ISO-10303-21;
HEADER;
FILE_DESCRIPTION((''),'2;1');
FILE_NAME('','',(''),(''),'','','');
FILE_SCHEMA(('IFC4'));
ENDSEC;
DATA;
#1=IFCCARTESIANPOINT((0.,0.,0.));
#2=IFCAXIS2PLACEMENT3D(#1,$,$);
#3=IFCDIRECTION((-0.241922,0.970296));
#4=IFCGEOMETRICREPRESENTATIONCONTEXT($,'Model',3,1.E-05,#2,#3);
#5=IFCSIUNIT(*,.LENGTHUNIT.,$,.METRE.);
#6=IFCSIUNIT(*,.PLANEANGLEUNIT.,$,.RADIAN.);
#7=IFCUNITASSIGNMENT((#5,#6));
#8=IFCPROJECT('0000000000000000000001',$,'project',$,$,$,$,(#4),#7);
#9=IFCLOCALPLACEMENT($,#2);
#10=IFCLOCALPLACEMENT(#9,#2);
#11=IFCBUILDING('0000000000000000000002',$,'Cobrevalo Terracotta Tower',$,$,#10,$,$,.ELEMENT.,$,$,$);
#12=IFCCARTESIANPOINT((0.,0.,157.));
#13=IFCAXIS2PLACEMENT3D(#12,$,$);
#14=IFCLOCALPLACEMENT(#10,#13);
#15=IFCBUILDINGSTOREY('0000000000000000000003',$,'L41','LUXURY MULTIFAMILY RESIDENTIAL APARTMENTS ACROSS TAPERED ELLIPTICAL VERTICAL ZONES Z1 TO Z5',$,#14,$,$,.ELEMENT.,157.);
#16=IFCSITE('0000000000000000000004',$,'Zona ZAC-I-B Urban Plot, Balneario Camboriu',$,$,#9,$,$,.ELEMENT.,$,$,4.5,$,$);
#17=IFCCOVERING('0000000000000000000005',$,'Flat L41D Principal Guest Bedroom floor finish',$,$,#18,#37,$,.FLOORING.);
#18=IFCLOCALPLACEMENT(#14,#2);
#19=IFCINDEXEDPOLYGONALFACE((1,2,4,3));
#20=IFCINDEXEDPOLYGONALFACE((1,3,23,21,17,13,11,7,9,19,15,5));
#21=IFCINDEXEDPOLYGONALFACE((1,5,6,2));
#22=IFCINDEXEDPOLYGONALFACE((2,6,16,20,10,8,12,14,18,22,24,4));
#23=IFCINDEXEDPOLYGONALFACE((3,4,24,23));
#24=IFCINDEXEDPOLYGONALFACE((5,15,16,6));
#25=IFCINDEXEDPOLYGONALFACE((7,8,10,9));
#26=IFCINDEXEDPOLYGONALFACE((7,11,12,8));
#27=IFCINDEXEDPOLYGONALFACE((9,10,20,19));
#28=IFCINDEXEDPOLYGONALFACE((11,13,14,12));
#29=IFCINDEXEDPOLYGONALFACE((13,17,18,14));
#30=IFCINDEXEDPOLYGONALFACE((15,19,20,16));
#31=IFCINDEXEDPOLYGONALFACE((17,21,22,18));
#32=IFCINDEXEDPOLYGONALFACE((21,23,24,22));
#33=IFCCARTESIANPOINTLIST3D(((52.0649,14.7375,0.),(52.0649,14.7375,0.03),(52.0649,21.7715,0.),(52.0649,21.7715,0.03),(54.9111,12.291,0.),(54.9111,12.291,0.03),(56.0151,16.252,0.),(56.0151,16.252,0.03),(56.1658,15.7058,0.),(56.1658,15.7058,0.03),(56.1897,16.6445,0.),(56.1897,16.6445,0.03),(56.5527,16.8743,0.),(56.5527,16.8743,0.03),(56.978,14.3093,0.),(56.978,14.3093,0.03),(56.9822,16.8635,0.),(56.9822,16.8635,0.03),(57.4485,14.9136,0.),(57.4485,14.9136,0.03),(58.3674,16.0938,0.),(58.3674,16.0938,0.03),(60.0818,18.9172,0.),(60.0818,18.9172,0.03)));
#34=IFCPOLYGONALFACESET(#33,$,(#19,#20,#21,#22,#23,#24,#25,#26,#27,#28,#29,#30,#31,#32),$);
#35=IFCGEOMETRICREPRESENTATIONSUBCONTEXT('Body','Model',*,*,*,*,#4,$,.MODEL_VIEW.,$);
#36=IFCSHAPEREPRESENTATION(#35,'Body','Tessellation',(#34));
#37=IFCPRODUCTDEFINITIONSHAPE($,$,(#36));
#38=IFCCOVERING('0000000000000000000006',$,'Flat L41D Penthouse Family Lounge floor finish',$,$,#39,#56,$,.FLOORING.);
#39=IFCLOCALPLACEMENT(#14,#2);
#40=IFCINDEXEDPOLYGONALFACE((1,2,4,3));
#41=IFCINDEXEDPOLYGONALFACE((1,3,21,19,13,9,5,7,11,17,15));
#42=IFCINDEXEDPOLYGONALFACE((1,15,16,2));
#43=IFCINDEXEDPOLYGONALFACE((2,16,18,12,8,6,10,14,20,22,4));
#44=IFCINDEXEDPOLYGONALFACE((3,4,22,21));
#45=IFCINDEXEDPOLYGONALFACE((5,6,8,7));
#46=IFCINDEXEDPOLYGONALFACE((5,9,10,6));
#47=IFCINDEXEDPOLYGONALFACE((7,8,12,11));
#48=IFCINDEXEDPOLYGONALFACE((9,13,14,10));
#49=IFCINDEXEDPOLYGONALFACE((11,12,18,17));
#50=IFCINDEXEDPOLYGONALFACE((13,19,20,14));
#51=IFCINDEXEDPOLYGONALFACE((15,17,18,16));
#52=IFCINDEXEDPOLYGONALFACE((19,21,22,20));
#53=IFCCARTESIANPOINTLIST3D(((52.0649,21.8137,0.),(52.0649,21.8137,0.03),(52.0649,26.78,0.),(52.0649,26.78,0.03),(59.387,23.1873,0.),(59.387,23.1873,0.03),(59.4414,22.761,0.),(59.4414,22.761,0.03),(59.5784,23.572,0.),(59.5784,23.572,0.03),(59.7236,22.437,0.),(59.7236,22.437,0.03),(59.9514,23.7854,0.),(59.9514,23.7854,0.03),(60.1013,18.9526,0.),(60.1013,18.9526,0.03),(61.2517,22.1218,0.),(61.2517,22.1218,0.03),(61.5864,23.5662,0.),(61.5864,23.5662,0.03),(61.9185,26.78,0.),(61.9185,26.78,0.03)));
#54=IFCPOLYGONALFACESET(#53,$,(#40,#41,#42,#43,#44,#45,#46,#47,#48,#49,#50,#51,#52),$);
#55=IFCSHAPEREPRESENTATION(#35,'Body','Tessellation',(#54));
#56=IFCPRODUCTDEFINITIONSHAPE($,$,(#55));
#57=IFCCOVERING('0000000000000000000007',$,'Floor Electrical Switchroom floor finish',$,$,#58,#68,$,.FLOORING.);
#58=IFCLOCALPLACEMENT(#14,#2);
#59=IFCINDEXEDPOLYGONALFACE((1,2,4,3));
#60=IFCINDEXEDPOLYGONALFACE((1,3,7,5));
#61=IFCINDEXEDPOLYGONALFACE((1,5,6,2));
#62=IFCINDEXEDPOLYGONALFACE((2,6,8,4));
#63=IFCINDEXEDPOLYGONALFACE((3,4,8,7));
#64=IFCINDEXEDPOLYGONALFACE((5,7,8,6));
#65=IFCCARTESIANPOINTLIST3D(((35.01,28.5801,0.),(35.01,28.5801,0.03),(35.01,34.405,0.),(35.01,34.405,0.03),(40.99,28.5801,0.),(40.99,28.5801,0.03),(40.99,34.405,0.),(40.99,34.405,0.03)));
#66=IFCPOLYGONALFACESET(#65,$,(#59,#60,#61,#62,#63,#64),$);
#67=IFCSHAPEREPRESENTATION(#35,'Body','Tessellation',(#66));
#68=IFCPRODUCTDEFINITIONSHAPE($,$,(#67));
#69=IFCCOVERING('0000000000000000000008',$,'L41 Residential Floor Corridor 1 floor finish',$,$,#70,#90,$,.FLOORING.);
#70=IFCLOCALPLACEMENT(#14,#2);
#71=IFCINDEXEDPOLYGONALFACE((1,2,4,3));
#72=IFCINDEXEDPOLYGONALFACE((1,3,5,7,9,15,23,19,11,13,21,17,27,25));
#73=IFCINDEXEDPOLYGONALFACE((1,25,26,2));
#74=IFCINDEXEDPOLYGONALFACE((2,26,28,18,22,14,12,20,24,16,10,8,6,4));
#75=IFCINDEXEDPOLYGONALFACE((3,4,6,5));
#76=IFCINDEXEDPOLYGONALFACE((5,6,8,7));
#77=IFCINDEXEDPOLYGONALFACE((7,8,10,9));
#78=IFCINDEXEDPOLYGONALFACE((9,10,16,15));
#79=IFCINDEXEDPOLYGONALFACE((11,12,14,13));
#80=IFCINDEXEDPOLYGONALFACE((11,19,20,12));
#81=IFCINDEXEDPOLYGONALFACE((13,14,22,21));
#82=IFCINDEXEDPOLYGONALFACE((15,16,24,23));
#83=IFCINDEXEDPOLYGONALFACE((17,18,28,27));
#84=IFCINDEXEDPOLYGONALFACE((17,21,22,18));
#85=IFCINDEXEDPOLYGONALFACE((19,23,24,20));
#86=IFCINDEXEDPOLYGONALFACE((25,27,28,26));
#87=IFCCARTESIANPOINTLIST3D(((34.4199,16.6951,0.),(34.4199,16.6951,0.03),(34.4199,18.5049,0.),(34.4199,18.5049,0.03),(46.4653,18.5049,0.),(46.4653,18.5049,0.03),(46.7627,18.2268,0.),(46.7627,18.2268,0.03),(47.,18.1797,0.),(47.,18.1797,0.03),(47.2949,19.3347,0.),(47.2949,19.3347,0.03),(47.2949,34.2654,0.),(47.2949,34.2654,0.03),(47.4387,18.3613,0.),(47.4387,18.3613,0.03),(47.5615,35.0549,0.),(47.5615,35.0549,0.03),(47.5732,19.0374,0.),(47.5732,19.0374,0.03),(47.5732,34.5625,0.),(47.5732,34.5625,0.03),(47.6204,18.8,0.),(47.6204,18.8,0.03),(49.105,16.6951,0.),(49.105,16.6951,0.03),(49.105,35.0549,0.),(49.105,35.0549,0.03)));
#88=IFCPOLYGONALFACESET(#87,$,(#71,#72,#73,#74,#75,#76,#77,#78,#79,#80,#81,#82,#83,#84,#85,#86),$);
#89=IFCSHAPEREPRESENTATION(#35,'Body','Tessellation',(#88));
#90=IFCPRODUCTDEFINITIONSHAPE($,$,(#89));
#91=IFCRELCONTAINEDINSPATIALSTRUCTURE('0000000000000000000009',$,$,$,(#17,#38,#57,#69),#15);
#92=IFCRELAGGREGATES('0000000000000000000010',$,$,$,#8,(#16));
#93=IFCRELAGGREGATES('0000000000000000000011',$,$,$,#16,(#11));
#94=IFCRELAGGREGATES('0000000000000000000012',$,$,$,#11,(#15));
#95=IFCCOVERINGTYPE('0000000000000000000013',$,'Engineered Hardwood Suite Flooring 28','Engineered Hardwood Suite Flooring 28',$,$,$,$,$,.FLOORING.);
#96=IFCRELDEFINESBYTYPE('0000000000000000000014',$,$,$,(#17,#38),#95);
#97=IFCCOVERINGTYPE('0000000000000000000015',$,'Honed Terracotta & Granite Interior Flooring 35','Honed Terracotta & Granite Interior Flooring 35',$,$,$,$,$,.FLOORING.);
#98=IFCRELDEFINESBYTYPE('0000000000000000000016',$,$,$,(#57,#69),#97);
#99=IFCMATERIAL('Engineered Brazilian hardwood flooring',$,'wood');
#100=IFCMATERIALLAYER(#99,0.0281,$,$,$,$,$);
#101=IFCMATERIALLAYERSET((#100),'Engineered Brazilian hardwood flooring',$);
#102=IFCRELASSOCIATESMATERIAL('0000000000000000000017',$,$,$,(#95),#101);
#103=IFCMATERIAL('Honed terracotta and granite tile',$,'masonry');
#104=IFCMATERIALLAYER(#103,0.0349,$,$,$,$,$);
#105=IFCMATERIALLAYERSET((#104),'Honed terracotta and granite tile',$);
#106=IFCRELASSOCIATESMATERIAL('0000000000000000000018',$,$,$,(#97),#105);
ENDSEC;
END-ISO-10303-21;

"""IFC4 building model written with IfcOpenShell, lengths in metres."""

from ifc_helpers import new_model, si_unit, direction, frame, origin, place, context, subcontext, project, spatial, polyline, outline, extrude, material, layer, layer_set, type_object, element, save


model = new_model("IFC4")

# Units and contexts
model_context = context("Model", 3, precision=1e-05, world=origin(), true_north=direction((-0.241922, 0.970296)))
body_context = subcontext(model_context, "Body", "Model", "MODEL_VIEW")
ifc_project = project(units=[si_unit("LENGTHUNIT", "METRE"), si_unit("PLANEANGLEUNIT", "RADIAN")], contexts=[model_context])

# Site, building, storey
site_placement = place(None, origin())
site = spatial("IfcSite", under=ifc_project, at=site_placement, Name="Zona ZAC-I-B Urban Plot, Balneario Camboriu", CompositionType="ELEMENT", RefElevation=4.5)
building_placement = place(site_placement, origin())
building = spatial("IfcBuilding", under=site, at=building_placement, Name="Cobrevalo Terracotta Tower", CompositionType="ELEMENT")
storey_placement = place(building_placement, frame((0.0, 0.0, 157.0)))
storey = spatial("IfcBuildingStorey", under=building, at=storey_placement, Name="L41", Description="LUXURY MULTIFAMILY RESIDENTIAL APARTMENTS ACROSS TAPERED ELLIPTICAL VERTICAL ZONES Z1 TO Z5", CompositionType="ELEMENT", Elevation=157.0)

# Coverings
ifc_material_1 = material(Name="Engineered Brazilian hardwood flooring", Category="wood")
ifc_layer_1 = layer(ifc_material_1, 0.0281)
ifc_layer_set_1 = layer_set([ifc_layer_1], Name="Engineered Brazilian hardwood flooring")
covering_type_1 = type_object("IfcCoveringType", Name="Engineered Hardwood Suite Flooring 28", Description="Engineered Hardwood Suite Flooring 28", PredefinedType="FLOORING", material=ifc_layer_set_1)
covering_1_placement = place(storey_placement, origin())
element("IfcCovering", 1, at=covering_1_placement, inside=storey, type_object=covering_type_1, Name="Flat L41D Principal Guest Bedroom floor finish", PredefinedType="FLOORING", context=body_context, shape_type="SweptSolid", body=[
    extrude(outline(polyline([(58.3674, 16.0938), (56.9822, 16.8635), (56.5527, 16.8743), (56.1897, 16.6445), (56.0151, 16.252), (56.1658, 15.7058), (57.4485, 14.9136), (56.978, 14.3093), (54.9111, 12.291), (52.0649, 14.7375), (52.0649, 21.7715), (60.0818, 18.9172), (58.3674, 16.0938)])), origin(), (0.0, 0.0, 1.0), 0.03),
])
covering_2_placement = place(storey_placement, origin())
element("IfcCovering", 2, at=covering_2_placement, inside=storey, type_object=covering_type_1, Name="Flat L41D Penthouse Family Lounge floor finish", PredefinedType="FLOORING", context=body_context, shape_type="SweptSolid", body=[
    extrude(outline(polyline([(52.0649, 21.8137), (52.0649, 26.78), (61.9185, 26.78), (61.5864, 23.5662), (59.9514, 23.7854), (59.5784, 23.572), (59.387, 23.1873), (59.4414, 22.761), (59.7236, 22.437), (61.2517, 22.1218), (60.1013, 18.9526), (52.0649, 21.8137)])), origin(), (0.0, 0.0, 1.0), 0.03),
])
ifc_material_2 = material(Name="Honed terracotta and granite tile", Category="masonry")
ifc_layer_2 = layer(ifc_material_2, 0.0349)
ifc_layer_set_2 = layer_set([ifc_layer_2], Name="Honed terracotta and granite tile")
covering_type_2 = type_object("IfcCoveringType", Name="Honed Terracotta & Granite Interior Flooring 35", Description="Honed Terracotta & Granite Interior Flooring 35", PredefinedType="FLOORING", material=ifc_layer_set_2)
covering_3_placement = place(storey_placement, origin())
element("IfcCovering", 3, at=covering_3_placement, inside=storey, type_object=covering_type_2, Name="Floor Electrical Switchroom floor finish", PredefinedType="FLOORING", context=body_context, shape_type="SweptSolid", body=[
    extrude(outline(polyline([(35.01, 34.405), (40.99, 34.405), (40.99, 28.5801), (35.01, 28.5801), (35.01, 34.405)])), origin(), (0.0, 0.0, 1.0), 0.03),
])
covering_4_placement = place(storey_placement, origin())
element("IfcCovering", 4, at=covering_4_placement, inside=storey, type_object=covering_type_2, Name="L41 Residential Floor Corridor 1 floor finish", PredefinedType="FLOORING", context=body_context, shape_type="SweptSolid", body=[
    extrude(outline(polyline([(34.4199, 18.5049), (46.4653, 18.5049), (46.7627, 18.2268), (47.0, 18.1797), (47.4387, 18.3613), (47.6204, 18.8), (47.5732, 19.0374), (47.2949, 19.3347), (47.2949, 34.2654), (47.5732, 34.5625), (47.5615, 35.0549), (49.105, 35.0549), (49.105, 16.6951), (34.4199, 16.6951), (34.4199, 18.5049)])), origin(), (0.0, 0.0, 1.0), 0.03),
])

save(model, "model.ifc")
